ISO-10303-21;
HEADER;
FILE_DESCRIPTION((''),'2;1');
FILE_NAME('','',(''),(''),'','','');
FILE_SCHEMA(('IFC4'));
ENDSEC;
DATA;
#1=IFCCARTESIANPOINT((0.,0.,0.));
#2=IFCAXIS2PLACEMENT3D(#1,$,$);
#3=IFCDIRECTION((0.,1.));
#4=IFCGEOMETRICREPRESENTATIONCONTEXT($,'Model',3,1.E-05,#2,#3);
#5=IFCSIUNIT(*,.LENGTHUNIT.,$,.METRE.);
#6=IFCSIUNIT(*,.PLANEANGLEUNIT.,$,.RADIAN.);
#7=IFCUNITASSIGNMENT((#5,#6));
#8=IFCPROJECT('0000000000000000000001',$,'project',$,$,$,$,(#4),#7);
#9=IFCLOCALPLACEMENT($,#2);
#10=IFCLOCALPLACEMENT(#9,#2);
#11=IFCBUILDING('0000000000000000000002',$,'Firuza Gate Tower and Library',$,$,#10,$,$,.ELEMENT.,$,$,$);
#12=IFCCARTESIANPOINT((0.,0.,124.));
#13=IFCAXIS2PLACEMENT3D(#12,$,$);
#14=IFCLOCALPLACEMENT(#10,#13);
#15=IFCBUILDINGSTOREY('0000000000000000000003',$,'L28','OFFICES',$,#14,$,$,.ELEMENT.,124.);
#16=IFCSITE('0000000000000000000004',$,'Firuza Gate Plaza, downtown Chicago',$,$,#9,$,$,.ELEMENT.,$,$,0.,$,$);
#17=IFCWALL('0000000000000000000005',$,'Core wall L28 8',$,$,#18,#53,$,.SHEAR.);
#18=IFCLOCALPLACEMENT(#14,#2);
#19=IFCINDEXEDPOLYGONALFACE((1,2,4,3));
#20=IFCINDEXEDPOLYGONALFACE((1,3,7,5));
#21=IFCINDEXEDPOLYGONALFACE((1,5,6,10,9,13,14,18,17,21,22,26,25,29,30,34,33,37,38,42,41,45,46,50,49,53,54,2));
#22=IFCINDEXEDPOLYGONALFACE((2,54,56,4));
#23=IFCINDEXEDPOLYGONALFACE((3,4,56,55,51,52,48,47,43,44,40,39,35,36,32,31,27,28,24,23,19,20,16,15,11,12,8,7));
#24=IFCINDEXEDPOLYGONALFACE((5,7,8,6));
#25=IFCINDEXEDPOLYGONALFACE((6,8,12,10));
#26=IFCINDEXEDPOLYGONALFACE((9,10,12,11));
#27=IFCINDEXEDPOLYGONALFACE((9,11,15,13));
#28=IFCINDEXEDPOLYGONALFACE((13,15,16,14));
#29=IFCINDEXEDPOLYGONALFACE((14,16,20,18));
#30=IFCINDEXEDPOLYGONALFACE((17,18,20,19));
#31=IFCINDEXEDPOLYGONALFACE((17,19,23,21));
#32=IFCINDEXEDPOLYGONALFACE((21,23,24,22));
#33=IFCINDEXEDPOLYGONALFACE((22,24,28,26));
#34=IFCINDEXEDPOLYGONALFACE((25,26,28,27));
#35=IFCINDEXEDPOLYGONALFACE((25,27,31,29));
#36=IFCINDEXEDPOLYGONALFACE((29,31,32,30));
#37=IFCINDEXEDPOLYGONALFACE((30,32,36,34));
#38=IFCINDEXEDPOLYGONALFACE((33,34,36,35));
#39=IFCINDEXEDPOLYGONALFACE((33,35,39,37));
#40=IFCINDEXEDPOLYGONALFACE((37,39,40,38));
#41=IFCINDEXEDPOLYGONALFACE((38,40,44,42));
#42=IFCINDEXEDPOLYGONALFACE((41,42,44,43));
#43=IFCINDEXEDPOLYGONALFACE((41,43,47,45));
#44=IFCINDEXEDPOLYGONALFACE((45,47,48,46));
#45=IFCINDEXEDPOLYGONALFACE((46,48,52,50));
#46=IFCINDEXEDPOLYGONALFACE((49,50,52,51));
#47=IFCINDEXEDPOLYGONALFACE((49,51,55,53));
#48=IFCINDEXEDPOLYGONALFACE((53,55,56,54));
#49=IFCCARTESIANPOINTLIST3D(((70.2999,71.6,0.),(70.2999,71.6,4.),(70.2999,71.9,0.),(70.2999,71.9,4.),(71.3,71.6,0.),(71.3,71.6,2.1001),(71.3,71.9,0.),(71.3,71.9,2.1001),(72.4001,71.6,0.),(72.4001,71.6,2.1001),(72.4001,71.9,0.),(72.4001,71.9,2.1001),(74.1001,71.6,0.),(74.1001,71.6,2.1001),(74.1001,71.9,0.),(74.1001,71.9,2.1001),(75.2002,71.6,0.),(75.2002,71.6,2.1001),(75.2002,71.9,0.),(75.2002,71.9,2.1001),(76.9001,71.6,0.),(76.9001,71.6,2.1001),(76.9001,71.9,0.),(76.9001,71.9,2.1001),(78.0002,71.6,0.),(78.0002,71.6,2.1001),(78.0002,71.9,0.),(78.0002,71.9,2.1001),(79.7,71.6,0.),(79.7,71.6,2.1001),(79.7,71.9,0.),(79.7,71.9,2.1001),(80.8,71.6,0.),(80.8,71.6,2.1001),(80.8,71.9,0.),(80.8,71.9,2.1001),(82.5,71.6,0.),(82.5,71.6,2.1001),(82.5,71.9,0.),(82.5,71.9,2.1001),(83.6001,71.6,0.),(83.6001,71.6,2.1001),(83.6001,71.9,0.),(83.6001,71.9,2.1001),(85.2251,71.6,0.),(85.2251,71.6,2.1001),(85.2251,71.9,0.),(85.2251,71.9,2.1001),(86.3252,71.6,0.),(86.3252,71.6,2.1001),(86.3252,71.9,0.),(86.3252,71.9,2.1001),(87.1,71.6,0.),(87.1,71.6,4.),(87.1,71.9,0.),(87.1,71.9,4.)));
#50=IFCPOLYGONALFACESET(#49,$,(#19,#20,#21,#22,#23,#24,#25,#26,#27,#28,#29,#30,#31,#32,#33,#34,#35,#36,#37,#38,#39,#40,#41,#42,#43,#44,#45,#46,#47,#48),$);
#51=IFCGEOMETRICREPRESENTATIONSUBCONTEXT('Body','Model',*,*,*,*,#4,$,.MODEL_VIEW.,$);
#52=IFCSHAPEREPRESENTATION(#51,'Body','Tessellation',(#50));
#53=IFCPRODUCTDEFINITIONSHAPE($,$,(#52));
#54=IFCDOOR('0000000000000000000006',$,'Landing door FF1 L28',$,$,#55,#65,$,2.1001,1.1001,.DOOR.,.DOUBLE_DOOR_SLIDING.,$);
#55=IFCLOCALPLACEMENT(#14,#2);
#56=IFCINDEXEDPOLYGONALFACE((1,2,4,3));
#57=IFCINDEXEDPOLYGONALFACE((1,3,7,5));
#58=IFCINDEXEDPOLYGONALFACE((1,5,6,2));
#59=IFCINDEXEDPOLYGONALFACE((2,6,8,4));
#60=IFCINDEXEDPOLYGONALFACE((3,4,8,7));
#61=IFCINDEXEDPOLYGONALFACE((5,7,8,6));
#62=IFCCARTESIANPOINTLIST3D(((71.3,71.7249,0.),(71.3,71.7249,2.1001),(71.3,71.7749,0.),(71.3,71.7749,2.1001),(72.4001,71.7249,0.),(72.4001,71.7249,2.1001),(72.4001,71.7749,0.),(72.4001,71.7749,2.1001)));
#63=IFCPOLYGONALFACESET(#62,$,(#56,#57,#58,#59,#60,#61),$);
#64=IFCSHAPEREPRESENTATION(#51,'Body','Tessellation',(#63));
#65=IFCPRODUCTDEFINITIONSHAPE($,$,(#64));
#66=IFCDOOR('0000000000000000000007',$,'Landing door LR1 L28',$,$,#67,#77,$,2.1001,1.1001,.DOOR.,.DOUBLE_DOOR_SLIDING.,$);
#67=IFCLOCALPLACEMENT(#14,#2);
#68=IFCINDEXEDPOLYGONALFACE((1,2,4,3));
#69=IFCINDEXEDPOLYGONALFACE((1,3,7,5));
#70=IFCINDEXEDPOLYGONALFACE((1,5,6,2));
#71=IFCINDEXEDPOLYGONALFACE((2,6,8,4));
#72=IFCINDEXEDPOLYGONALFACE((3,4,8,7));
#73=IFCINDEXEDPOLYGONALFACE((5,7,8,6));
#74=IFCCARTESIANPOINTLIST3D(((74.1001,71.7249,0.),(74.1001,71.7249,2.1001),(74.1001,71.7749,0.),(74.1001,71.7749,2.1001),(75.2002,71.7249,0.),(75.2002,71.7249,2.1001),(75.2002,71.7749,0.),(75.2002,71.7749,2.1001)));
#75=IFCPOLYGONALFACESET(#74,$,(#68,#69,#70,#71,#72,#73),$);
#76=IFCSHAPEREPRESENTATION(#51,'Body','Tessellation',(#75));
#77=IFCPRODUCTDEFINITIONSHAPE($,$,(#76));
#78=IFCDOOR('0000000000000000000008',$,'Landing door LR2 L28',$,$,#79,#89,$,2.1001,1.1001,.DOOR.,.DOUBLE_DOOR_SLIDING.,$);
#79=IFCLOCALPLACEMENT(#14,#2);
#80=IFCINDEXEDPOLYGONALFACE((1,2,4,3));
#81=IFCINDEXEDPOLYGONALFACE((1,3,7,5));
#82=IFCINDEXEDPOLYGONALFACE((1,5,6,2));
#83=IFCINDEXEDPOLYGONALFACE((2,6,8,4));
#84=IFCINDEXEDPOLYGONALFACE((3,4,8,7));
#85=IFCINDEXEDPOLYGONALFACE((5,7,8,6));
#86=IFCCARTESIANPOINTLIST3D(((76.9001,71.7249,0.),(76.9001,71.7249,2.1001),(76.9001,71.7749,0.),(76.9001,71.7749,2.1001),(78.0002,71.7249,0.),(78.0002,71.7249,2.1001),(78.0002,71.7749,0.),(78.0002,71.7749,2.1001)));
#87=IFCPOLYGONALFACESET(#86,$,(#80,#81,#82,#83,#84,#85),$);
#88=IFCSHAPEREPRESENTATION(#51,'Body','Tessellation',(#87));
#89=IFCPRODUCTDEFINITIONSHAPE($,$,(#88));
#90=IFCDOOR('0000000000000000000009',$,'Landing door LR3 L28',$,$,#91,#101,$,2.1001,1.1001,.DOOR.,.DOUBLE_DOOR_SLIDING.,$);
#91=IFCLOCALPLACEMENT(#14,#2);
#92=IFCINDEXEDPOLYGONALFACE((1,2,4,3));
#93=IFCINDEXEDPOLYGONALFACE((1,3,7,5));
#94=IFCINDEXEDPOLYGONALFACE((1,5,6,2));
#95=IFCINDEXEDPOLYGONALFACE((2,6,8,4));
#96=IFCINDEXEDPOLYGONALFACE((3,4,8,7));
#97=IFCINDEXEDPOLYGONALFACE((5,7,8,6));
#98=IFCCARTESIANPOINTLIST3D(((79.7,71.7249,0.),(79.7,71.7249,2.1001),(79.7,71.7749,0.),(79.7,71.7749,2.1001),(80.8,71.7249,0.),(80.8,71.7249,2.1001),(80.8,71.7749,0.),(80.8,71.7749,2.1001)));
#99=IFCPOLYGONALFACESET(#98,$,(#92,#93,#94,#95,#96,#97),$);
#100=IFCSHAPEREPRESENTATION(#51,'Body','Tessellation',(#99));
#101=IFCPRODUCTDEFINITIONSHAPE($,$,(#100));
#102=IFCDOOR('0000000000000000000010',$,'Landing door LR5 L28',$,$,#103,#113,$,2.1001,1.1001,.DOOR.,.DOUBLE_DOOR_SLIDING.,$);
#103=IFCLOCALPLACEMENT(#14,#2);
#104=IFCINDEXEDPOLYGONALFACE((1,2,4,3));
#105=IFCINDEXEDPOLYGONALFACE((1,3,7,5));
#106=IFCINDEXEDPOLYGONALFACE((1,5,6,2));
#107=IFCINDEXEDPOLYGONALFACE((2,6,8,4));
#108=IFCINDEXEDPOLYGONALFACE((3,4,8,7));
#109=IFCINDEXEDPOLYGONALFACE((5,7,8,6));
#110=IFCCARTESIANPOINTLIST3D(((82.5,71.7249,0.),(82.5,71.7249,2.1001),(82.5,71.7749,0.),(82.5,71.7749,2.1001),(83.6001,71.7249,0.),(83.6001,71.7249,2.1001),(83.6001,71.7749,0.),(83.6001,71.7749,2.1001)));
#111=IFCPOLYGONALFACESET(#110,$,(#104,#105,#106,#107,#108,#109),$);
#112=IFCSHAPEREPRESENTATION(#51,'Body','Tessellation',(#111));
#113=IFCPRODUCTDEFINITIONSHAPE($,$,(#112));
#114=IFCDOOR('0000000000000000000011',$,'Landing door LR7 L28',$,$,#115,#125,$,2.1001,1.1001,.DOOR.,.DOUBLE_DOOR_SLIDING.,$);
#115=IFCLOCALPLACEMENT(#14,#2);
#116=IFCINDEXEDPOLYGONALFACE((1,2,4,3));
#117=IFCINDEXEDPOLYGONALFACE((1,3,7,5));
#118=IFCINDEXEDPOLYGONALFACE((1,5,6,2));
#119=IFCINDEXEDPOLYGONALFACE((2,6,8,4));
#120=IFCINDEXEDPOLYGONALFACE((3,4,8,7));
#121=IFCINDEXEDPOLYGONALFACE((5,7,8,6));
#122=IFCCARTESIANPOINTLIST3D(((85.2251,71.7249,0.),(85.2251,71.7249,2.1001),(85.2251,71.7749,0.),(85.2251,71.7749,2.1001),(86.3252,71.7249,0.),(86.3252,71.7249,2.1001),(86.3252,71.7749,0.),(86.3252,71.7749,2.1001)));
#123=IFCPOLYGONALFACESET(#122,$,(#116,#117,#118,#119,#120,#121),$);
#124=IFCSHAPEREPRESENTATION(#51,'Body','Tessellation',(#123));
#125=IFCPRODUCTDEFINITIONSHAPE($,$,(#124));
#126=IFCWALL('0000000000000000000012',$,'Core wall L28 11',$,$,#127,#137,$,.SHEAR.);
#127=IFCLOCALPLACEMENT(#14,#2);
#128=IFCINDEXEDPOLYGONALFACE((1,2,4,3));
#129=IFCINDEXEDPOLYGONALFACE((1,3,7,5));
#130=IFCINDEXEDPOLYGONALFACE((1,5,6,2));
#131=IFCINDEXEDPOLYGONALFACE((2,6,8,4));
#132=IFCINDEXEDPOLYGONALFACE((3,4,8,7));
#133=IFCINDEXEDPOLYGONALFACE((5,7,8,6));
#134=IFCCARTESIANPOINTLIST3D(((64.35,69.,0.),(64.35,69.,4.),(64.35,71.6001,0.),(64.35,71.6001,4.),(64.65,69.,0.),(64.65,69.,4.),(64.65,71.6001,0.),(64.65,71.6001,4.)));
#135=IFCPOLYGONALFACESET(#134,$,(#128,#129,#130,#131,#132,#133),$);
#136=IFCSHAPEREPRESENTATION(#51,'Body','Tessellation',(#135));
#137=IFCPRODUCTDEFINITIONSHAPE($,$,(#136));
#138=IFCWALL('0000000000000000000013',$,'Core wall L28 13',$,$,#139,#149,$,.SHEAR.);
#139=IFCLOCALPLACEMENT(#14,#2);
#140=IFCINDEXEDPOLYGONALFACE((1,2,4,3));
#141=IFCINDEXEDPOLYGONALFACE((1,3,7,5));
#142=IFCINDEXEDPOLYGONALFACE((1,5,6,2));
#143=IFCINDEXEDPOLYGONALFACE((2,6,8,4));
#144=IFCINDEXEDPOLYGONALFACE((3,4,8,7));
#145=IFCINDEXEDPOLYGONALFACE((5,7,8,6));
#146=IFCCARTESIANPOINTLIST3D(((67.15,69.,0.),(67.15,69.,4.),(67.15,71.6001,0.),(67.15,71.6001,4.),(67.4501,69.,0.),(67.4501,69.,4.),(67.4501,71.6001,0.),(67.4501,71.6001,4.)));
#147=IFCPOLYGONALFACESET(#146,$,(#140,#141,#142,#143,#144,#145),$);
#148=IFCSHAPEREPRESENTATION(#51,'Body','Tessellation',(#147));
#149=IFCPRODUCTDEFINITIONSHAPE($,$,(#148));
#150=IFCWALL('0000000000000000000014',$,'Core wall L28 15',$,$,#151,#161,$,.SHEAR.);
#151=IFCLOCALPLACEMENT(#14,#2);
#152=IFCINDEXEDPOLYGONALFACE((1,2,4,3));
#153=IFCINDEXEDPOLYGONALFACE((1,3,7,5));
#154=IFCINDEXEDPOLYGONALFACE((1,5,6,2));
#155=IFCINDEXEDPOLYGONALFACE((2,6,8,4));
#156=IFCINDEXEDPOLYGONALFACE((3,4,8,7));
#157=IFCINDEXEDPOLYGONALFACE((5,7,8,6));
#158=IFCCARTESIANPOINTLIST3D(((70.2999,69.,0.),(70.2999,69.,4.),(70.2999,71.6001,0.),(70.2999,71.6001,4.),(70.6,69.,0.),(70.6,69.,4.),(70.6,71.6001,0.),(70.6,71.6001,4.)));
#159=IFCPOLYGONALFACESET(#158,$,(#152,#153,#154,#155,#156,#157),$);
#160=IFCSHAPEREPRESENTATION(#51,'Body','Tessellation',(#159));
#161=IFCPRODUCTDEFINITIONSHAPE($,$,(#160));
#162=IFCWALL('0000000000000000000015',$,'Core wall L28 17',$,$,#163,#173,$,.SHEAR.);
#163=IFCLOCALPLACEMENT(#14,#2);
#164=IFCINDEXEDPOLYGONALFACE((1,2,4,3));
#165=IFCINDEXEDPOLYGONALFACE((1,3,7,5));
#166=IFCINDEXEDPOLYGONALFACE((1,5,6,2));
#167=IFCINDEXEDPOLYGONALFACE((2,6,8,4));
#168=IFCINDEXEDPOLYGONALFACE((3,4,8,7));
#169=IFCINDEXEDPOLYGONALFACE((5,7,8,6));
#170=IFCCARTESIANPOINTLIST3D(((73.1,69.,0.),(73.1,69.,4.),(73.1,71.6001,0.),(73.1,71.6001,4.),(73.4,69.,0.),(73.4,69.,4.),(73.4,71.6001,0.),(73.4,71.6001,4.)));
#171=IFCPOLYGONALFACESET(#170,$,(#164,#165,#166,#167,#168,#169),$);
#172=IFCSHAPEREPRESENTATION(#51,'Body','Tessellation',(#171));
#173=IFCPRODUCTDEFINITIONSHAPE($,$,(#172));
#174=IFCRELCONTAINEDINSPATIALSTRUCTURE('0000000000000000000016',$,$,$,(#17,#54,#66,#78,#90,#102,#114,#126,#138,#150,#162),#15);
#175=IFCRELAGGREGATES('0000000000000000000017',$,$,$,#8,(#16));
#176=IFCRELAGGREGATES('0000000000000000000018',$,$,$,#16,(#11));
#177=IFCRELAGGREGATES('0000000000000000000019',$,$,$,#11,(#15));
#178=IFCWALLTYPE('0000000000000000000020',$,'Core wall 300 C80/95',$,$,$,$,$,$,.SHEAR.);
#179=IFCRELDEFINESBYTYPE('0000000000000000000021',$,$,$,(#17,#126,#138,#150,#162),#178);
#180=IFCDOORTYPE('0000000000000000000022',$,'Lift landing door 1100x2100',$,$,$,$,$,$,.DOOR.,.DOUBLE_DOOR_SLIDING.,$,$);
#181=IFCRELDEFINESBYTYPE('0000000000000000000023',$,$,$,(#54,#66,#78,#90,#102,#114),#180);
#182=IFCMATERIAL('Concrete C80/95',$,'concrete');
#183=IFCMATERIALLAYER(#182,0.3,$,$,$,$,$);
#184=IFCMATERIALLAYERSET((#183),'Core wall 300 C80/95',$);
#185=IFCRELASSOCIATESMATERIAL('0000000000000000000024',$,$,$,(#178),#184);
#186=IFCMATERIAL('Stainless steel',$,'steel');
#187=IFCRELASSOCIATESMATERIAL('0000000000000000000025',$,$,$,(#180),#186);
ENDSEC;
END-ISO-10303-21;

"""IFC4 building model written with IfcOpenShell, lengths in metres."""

from ifc_helpers import new_model, si_unit, direction, frame, frame_2d, origin, place, context, subcontext, project, spatial, rectangle, extrude, material, layer, layer_set, type_object, element, fill, save


model = new_model("IFC4")

# Units and contexts
model_context = context("Model", 3, precision=1e-05, world=origin(), true_north=direction((0.0, 1.0)))
body_context = subcontext(model_context, "Body", "Model", "MODEL_VIEW")
ifc_project = project(units=[si_unit("LENGTHUNIT", "METRE"), si_unit("PLANEANGLEUNIT", "RADIAN")], contexts=[model_context])

# Site, building, storey
site_placement = place(None, origin())
site = spatial("IfcSite", under=ifc_project, at=site_placement, Name="Firuza Gate Plaza, downtown Chicago", CompositionType="ELEMENT", RefElevation=0.0)
building_placement = place(site_placement, origin())
building = spatial("IfcBuilding", under=site, at=building_placement, Name="Firuza Gate Tower and Library", CompositionType="ELEMENT")
storey_placement = place(building_placement, frame((0.0, 0.0, 124.0)))
storey = spatial("IfcBuildingStorey", under=building, at=storey_placement, Name="L28", Description="OFFICES", CompositionType="ELEMENT", Elevation=124.0)

# Shared definitions
ifc_material_1 = material(Name="Concrete C80/95", Category="concrete")
ifc_layer_1 = layer(ifc_material_1, 0.3)
ifc_layer_set_1 = layer_set([ifc_layer_1], Name="Core wall 300 C80/95")
wall_type_1 = type_object("IfcWallType", Name="Core wall 300 C80/95", PredefinedType="SHEAR", material=ifc_layer_set_1)

# Wall, openings, doors
wall_1_placement = place(storey_placement, frame((70.3, 71.75, 0.0), z_axis=(0.0, 0.0, 1.0), x_axis=(1.0, 0.0, 0.0)))
wall_1 = element("IfcWall", 1, at=wall_1_placement, inside=storey, type_object=wall_type_1, Name="Core wall L28 8", PredefinedType="SHEAR", context=body_context, shape_type="SweptSolid", body=[
    extrude(rectangle(XDim=16.8, YDim=0.3, at=frame_2d((8.3999, 0.0))), origin(), (0.0, 0.0, 1.0), 4.0),
])
opening_1_placement = place(wall_1_placement, frame((1.0, 0.0, 0.0)))
opening_1 = element("IfcOpeningElement", 2, at=opening_1_placement, cuts=wall_1, PredefinedType="OPENING", context=body_context, shape_type="SweptSolid", body=[
    extrude(rectangle(XDim=1.1001, YDim=2.1001, at=frame_2d((0.55, 1.05))), frame((0.0, 0.1602, 0.0), z_axis=(0.0, -1.0, 0.0), x_axis=(1.0, 0.0, 0.0)), (0.0, 0.0, 1.0), 0.3201),
])
opening_2_placement = place(wall_1_placement, frame((3.8, 0.0, 0.0)))
opening_2 = element("IfcOpeningElement", 3, at=opening_2_placement, cuts=wall_1, PredefinedType="OPENING", context=body_context, shape_type="SweptSolid", body=[
    extrude(rectangle(XDim=1.1001, YDim=2.1001, at=frame_2d((0.55, 1.05))), frame((0.0, 0.1602, 0.0), z_axis=(0.0, -1.0, 0.0), x_axis=(1.0, 0.0, 0.0)), (0.0, 0.0, 1.0), 0.3201),
])
opening_3_placement = place(wall_1_placement, frame((6.6001, 0.0, 0.0)))
opening_3 = element("IfcOpeningElement", 4, at=opening_3_placement, cuts=wall_1, PredefinedType="OPENING", context=body_context, shape_type="SweptSolid", body=[
    extrude(rectangle(XDim=1.1001, YDim=2.1001, at=frame_2d((0.55, 1.05))), frame((0.0, 0.1602, 0.0), z_axis=(0.0, -1.0, 0.0), x_axis=(1.0, 0.0, 0.0)), (0.0, 0.0, 1.0), 0.3201),
])
opening_4_placement = place(wall_1_placement, frame((9.3999, 0.0, 0.0)))
opening_4 = element("IfcOpeningElement", 5, at=opening_4_placement, cuts=wall_1, PredefinedType="OPENING", context=body_context, shape_type="SweptSolid", body=[
    extrude(rectangle(XDim=1.1001, YDim=2.1001, at=frame_2d((0.55, 1.05))), frame((0.0, 0.1602, 0.0), z_axis=(0.0, -1.0, 0.0), x_axis=(1.0, 0.0, 0.0)), (0.0, 0.0, 1.0), 0.3201),
])
opening_5_placement = place(wall_1_placement, frame((12.2, 0.0, 0.0)))
opening_5 = element("IfcOpeningElement", 6, at=opening_5_placement, cuts=wall_1, PredefinedType="OPENING", context=body_context, shape_type="SweptSolid", body=[
    extrude(rectangle(XDim=1.1001, YDim=2.1001, at=frame_2d((0.55, 1.05))), frame((0.0, 0.1602, 0.0), z_axis=(0.0, -1.0, 0.0), x_axis=(1.0, 0.0, 0.0)), (0.0, 0.0, 1.0), 0.3201),
])
opening_6_placement = place(wall_1_placement, frame((14.925, 0.0, 0.0)))
opening_6 = element("IfcOpeningElement", 7, at=opening_6_placement, cuts=wall_1, PredefinedType="OPENING", context=body_context, shape_type="SweptSolid", body=[
    extrude(rectangle(XDim=1.1001, YDim=2.1001, at=frame_2d((0.55, 1.05))), frame((0.0, 0.1602, 0.0), z_axis=(0.0, -1.0, 0.0), x_axis=(1.0, 0.0, 0.0)), (0.0, 0.0, 1.0), 0.3201),
])
ifc_material_2 = material(Name="Stainless steel", Category="steel")
door_type_1 = type_object("IfcDoorType", Name="Lift landing door 1100x2100", OperationType="DOUBLE_DOOR_SLIDING", PredefinedType="DOOR", material=ifc_material_2)
door_1_placement = place(opening_1_placement, origin())
door_1 = element("IfcDoor", 8, at=door_1_placement, inside=storey, type_object=door_type_1, Name="Landing door FF1 L28", OperationType="DOUBLE_DOOR_SLIDING", OverallHeight=2.1001, OverallWidth=1.1001, PredefinedType="DOOR", context=body_context, shape_type="SweptSolid", body=[
    extrude(rectangle(XDim=1.1001, YDim=2.1001, at=frame_2d((0.55, 1.05))), frame((0.0, 0.0249, 0.0), z_axis=(0.0, -1.0, 0.0), x_axis=(1.0, 0.0, 0.0)), (0.0, 0.0, 1.0), 0.05),
])
fill(opening_1, door_1)
door_2_placement = place(opening_2_placement, origin())
door_2 = element("IfcDoor", 9, at=door_2_placement, inside=storey, type_object=door_type_1, Name="Landing door LR1 L28", OperationType="DOUBLE_DOOR_SLIDING", OverallHeight=2.1001, OverallWidth=1.1001, PredefinedType="DOOR", context=body_context, shape_type="SweptSolid", body=[
    extrude(rectangle(XDim=1.1001, YDim=2.1001, at=frame_2d((0.55, 1.05))), frame((0.0, 0.0249, 0.0), z_axis=(0.0, -1.0, 0.0), x_axis=(1.0, 0.0, 0.0)), (0.0, 0.0, 1.0), 0.05),
])
fill(opening_2, door_2)
door_3_placement = place(opening_3_placement, origin())
door_3 = element("IfcDoor", 10, at=door_3_placement, inside=storey, type_object=door_type_1, Name="Landing door LR2 L28", OperationType="DOUBLE_DOOR_SLIDING", OverallHeight=2.1001, OverallWidth=1.1001, PredefinedType="DOOR", context=body_context, shape_type="SweptSolid", body=[
    extrude(rectangle(XDim=1.1001, YDim=2.1001, at=frame_2d((0.55, 1.05))), frame((0.0, 0.0249, 0.0), z_axis=(0.0, -1.0, 0.0), x_axis=(1.0, 0.0, 0.0)), (0.0, 0.0, 1.0), 0.05),
])
fill(opening_3, door_3)
door_4_placement = place(opening_4_placement, origin())
door_4 = element("IfcDoor", 11, at=door_4_placement, inside=storey, type_object=door_type_1, Name="Landing door LR3 L28", OperationType="DOUBLE_DOOR_SLIDING", OverallHeight=2.1001, OverallWidth=1.1001, PredefinedType="DOOR", context=body_context, shape_type="SweptSolid", body=[
    extrude(rectangle(XDim=1.1001, YDim=2.1001, at=frame_2d((0.55, 1.05))), frame((0.0, 0.0249, 0.0), z_axis=(0.0, -1.0, 0.0), x_axis=(1.0, 0.0, 0.0)), (0.0, 0.0, 1.0), 0.05),
])
fill(opening_4, door_4)
door_5_placement = place(opening_5_placement, origin())
door_5 = element("IfcDoor", 12, at=door_5_placement, inside=storey, type_object=door_type_1, Name="Landing door LR5 L28", OperationType="DOUBLE_DOOR_SLIDING", OverallHeight=2.1001, OverallWidth=1.1001, PredefinedType="DOOR", context=body_context, shape_type="SweptSolid", body=[
    extrude(rectangle(XDim=1.1001, YDim=2.1001, at=frame_2d((0.55, 1.05))), frame((0.0, 0.0249, 0.0), z_axis=(0.0, -1.0, 0.0), x_axis=(1.0, 0.0, 0.0)), (0.0, 0.0, 1.0), 0.05),
])
fill(opening_5, door_5)
door_6_placement = place(opening_6_placement, origin())
door_6 = element("IfcDoor", 13, at=door_6_placement, inside=storey, type_object=door_type_1, Name="Landing door LR7 L28", OperationType="DOUBLE_DOOR_SLIDING", OverallHeight=2.1001, OverallWidth=1.1001, PredefinedType="DOOR", context=body_context, shape_type="SweptSolid", body=[
    extrude(rectangle(XDim=1.1001, YDim=2.1001, at=frame_2d((0.55, 1.05))), frame((0.0, 0.0249, 0.0), z_axis=(0.0, -1.0, 0.0), x_axis=(1.0, 0.0, 0.0)), (0.0, 0.0, 1.0), 0.05),
])
fill(opening_6, door_6)

# Walls
for number, where, z_axis, x_axis, name in (
    (14, (64.5, 69.0, 0.0), (0.0, 0.0, 1.0), (0.0, 1.0, 0.0), "Core wall L28 11"),
    (15, (67.3, 69.0, 0.0), (0.0, 0.0, 1.0), (0.0, 1.0, 0.0), "Core wall L28 13"),
    (16, (70.45, 69.0, 0.0), (0.0, 0.0, 1.0), (0.0, 1.0, 0.0), "Core wall L28 15"),
    (17, (73.25, 69.0, 0.0), (0.0, 0.0, 1.0), (0.0, 1.0, 0.0), "Core wall L28 17"),
):
    element("IfcWall", number, at=place(storey_placement, frame(where, z_axis=z_axis, x_axis=x_axis)), inside=storey, type_object=wall_type_1, Name=name, PredefinedType="SHEAR", context=body_context, shape_type="SweptSolid", body=[
        extrude(rectangle(XDim=2.6001, YDim=0.3, at=frame_2d((1.3, 0.0))), origin(), (0.0, 0.0, 1.0), 4.0),
    ])

save(model, "model.ifc")
